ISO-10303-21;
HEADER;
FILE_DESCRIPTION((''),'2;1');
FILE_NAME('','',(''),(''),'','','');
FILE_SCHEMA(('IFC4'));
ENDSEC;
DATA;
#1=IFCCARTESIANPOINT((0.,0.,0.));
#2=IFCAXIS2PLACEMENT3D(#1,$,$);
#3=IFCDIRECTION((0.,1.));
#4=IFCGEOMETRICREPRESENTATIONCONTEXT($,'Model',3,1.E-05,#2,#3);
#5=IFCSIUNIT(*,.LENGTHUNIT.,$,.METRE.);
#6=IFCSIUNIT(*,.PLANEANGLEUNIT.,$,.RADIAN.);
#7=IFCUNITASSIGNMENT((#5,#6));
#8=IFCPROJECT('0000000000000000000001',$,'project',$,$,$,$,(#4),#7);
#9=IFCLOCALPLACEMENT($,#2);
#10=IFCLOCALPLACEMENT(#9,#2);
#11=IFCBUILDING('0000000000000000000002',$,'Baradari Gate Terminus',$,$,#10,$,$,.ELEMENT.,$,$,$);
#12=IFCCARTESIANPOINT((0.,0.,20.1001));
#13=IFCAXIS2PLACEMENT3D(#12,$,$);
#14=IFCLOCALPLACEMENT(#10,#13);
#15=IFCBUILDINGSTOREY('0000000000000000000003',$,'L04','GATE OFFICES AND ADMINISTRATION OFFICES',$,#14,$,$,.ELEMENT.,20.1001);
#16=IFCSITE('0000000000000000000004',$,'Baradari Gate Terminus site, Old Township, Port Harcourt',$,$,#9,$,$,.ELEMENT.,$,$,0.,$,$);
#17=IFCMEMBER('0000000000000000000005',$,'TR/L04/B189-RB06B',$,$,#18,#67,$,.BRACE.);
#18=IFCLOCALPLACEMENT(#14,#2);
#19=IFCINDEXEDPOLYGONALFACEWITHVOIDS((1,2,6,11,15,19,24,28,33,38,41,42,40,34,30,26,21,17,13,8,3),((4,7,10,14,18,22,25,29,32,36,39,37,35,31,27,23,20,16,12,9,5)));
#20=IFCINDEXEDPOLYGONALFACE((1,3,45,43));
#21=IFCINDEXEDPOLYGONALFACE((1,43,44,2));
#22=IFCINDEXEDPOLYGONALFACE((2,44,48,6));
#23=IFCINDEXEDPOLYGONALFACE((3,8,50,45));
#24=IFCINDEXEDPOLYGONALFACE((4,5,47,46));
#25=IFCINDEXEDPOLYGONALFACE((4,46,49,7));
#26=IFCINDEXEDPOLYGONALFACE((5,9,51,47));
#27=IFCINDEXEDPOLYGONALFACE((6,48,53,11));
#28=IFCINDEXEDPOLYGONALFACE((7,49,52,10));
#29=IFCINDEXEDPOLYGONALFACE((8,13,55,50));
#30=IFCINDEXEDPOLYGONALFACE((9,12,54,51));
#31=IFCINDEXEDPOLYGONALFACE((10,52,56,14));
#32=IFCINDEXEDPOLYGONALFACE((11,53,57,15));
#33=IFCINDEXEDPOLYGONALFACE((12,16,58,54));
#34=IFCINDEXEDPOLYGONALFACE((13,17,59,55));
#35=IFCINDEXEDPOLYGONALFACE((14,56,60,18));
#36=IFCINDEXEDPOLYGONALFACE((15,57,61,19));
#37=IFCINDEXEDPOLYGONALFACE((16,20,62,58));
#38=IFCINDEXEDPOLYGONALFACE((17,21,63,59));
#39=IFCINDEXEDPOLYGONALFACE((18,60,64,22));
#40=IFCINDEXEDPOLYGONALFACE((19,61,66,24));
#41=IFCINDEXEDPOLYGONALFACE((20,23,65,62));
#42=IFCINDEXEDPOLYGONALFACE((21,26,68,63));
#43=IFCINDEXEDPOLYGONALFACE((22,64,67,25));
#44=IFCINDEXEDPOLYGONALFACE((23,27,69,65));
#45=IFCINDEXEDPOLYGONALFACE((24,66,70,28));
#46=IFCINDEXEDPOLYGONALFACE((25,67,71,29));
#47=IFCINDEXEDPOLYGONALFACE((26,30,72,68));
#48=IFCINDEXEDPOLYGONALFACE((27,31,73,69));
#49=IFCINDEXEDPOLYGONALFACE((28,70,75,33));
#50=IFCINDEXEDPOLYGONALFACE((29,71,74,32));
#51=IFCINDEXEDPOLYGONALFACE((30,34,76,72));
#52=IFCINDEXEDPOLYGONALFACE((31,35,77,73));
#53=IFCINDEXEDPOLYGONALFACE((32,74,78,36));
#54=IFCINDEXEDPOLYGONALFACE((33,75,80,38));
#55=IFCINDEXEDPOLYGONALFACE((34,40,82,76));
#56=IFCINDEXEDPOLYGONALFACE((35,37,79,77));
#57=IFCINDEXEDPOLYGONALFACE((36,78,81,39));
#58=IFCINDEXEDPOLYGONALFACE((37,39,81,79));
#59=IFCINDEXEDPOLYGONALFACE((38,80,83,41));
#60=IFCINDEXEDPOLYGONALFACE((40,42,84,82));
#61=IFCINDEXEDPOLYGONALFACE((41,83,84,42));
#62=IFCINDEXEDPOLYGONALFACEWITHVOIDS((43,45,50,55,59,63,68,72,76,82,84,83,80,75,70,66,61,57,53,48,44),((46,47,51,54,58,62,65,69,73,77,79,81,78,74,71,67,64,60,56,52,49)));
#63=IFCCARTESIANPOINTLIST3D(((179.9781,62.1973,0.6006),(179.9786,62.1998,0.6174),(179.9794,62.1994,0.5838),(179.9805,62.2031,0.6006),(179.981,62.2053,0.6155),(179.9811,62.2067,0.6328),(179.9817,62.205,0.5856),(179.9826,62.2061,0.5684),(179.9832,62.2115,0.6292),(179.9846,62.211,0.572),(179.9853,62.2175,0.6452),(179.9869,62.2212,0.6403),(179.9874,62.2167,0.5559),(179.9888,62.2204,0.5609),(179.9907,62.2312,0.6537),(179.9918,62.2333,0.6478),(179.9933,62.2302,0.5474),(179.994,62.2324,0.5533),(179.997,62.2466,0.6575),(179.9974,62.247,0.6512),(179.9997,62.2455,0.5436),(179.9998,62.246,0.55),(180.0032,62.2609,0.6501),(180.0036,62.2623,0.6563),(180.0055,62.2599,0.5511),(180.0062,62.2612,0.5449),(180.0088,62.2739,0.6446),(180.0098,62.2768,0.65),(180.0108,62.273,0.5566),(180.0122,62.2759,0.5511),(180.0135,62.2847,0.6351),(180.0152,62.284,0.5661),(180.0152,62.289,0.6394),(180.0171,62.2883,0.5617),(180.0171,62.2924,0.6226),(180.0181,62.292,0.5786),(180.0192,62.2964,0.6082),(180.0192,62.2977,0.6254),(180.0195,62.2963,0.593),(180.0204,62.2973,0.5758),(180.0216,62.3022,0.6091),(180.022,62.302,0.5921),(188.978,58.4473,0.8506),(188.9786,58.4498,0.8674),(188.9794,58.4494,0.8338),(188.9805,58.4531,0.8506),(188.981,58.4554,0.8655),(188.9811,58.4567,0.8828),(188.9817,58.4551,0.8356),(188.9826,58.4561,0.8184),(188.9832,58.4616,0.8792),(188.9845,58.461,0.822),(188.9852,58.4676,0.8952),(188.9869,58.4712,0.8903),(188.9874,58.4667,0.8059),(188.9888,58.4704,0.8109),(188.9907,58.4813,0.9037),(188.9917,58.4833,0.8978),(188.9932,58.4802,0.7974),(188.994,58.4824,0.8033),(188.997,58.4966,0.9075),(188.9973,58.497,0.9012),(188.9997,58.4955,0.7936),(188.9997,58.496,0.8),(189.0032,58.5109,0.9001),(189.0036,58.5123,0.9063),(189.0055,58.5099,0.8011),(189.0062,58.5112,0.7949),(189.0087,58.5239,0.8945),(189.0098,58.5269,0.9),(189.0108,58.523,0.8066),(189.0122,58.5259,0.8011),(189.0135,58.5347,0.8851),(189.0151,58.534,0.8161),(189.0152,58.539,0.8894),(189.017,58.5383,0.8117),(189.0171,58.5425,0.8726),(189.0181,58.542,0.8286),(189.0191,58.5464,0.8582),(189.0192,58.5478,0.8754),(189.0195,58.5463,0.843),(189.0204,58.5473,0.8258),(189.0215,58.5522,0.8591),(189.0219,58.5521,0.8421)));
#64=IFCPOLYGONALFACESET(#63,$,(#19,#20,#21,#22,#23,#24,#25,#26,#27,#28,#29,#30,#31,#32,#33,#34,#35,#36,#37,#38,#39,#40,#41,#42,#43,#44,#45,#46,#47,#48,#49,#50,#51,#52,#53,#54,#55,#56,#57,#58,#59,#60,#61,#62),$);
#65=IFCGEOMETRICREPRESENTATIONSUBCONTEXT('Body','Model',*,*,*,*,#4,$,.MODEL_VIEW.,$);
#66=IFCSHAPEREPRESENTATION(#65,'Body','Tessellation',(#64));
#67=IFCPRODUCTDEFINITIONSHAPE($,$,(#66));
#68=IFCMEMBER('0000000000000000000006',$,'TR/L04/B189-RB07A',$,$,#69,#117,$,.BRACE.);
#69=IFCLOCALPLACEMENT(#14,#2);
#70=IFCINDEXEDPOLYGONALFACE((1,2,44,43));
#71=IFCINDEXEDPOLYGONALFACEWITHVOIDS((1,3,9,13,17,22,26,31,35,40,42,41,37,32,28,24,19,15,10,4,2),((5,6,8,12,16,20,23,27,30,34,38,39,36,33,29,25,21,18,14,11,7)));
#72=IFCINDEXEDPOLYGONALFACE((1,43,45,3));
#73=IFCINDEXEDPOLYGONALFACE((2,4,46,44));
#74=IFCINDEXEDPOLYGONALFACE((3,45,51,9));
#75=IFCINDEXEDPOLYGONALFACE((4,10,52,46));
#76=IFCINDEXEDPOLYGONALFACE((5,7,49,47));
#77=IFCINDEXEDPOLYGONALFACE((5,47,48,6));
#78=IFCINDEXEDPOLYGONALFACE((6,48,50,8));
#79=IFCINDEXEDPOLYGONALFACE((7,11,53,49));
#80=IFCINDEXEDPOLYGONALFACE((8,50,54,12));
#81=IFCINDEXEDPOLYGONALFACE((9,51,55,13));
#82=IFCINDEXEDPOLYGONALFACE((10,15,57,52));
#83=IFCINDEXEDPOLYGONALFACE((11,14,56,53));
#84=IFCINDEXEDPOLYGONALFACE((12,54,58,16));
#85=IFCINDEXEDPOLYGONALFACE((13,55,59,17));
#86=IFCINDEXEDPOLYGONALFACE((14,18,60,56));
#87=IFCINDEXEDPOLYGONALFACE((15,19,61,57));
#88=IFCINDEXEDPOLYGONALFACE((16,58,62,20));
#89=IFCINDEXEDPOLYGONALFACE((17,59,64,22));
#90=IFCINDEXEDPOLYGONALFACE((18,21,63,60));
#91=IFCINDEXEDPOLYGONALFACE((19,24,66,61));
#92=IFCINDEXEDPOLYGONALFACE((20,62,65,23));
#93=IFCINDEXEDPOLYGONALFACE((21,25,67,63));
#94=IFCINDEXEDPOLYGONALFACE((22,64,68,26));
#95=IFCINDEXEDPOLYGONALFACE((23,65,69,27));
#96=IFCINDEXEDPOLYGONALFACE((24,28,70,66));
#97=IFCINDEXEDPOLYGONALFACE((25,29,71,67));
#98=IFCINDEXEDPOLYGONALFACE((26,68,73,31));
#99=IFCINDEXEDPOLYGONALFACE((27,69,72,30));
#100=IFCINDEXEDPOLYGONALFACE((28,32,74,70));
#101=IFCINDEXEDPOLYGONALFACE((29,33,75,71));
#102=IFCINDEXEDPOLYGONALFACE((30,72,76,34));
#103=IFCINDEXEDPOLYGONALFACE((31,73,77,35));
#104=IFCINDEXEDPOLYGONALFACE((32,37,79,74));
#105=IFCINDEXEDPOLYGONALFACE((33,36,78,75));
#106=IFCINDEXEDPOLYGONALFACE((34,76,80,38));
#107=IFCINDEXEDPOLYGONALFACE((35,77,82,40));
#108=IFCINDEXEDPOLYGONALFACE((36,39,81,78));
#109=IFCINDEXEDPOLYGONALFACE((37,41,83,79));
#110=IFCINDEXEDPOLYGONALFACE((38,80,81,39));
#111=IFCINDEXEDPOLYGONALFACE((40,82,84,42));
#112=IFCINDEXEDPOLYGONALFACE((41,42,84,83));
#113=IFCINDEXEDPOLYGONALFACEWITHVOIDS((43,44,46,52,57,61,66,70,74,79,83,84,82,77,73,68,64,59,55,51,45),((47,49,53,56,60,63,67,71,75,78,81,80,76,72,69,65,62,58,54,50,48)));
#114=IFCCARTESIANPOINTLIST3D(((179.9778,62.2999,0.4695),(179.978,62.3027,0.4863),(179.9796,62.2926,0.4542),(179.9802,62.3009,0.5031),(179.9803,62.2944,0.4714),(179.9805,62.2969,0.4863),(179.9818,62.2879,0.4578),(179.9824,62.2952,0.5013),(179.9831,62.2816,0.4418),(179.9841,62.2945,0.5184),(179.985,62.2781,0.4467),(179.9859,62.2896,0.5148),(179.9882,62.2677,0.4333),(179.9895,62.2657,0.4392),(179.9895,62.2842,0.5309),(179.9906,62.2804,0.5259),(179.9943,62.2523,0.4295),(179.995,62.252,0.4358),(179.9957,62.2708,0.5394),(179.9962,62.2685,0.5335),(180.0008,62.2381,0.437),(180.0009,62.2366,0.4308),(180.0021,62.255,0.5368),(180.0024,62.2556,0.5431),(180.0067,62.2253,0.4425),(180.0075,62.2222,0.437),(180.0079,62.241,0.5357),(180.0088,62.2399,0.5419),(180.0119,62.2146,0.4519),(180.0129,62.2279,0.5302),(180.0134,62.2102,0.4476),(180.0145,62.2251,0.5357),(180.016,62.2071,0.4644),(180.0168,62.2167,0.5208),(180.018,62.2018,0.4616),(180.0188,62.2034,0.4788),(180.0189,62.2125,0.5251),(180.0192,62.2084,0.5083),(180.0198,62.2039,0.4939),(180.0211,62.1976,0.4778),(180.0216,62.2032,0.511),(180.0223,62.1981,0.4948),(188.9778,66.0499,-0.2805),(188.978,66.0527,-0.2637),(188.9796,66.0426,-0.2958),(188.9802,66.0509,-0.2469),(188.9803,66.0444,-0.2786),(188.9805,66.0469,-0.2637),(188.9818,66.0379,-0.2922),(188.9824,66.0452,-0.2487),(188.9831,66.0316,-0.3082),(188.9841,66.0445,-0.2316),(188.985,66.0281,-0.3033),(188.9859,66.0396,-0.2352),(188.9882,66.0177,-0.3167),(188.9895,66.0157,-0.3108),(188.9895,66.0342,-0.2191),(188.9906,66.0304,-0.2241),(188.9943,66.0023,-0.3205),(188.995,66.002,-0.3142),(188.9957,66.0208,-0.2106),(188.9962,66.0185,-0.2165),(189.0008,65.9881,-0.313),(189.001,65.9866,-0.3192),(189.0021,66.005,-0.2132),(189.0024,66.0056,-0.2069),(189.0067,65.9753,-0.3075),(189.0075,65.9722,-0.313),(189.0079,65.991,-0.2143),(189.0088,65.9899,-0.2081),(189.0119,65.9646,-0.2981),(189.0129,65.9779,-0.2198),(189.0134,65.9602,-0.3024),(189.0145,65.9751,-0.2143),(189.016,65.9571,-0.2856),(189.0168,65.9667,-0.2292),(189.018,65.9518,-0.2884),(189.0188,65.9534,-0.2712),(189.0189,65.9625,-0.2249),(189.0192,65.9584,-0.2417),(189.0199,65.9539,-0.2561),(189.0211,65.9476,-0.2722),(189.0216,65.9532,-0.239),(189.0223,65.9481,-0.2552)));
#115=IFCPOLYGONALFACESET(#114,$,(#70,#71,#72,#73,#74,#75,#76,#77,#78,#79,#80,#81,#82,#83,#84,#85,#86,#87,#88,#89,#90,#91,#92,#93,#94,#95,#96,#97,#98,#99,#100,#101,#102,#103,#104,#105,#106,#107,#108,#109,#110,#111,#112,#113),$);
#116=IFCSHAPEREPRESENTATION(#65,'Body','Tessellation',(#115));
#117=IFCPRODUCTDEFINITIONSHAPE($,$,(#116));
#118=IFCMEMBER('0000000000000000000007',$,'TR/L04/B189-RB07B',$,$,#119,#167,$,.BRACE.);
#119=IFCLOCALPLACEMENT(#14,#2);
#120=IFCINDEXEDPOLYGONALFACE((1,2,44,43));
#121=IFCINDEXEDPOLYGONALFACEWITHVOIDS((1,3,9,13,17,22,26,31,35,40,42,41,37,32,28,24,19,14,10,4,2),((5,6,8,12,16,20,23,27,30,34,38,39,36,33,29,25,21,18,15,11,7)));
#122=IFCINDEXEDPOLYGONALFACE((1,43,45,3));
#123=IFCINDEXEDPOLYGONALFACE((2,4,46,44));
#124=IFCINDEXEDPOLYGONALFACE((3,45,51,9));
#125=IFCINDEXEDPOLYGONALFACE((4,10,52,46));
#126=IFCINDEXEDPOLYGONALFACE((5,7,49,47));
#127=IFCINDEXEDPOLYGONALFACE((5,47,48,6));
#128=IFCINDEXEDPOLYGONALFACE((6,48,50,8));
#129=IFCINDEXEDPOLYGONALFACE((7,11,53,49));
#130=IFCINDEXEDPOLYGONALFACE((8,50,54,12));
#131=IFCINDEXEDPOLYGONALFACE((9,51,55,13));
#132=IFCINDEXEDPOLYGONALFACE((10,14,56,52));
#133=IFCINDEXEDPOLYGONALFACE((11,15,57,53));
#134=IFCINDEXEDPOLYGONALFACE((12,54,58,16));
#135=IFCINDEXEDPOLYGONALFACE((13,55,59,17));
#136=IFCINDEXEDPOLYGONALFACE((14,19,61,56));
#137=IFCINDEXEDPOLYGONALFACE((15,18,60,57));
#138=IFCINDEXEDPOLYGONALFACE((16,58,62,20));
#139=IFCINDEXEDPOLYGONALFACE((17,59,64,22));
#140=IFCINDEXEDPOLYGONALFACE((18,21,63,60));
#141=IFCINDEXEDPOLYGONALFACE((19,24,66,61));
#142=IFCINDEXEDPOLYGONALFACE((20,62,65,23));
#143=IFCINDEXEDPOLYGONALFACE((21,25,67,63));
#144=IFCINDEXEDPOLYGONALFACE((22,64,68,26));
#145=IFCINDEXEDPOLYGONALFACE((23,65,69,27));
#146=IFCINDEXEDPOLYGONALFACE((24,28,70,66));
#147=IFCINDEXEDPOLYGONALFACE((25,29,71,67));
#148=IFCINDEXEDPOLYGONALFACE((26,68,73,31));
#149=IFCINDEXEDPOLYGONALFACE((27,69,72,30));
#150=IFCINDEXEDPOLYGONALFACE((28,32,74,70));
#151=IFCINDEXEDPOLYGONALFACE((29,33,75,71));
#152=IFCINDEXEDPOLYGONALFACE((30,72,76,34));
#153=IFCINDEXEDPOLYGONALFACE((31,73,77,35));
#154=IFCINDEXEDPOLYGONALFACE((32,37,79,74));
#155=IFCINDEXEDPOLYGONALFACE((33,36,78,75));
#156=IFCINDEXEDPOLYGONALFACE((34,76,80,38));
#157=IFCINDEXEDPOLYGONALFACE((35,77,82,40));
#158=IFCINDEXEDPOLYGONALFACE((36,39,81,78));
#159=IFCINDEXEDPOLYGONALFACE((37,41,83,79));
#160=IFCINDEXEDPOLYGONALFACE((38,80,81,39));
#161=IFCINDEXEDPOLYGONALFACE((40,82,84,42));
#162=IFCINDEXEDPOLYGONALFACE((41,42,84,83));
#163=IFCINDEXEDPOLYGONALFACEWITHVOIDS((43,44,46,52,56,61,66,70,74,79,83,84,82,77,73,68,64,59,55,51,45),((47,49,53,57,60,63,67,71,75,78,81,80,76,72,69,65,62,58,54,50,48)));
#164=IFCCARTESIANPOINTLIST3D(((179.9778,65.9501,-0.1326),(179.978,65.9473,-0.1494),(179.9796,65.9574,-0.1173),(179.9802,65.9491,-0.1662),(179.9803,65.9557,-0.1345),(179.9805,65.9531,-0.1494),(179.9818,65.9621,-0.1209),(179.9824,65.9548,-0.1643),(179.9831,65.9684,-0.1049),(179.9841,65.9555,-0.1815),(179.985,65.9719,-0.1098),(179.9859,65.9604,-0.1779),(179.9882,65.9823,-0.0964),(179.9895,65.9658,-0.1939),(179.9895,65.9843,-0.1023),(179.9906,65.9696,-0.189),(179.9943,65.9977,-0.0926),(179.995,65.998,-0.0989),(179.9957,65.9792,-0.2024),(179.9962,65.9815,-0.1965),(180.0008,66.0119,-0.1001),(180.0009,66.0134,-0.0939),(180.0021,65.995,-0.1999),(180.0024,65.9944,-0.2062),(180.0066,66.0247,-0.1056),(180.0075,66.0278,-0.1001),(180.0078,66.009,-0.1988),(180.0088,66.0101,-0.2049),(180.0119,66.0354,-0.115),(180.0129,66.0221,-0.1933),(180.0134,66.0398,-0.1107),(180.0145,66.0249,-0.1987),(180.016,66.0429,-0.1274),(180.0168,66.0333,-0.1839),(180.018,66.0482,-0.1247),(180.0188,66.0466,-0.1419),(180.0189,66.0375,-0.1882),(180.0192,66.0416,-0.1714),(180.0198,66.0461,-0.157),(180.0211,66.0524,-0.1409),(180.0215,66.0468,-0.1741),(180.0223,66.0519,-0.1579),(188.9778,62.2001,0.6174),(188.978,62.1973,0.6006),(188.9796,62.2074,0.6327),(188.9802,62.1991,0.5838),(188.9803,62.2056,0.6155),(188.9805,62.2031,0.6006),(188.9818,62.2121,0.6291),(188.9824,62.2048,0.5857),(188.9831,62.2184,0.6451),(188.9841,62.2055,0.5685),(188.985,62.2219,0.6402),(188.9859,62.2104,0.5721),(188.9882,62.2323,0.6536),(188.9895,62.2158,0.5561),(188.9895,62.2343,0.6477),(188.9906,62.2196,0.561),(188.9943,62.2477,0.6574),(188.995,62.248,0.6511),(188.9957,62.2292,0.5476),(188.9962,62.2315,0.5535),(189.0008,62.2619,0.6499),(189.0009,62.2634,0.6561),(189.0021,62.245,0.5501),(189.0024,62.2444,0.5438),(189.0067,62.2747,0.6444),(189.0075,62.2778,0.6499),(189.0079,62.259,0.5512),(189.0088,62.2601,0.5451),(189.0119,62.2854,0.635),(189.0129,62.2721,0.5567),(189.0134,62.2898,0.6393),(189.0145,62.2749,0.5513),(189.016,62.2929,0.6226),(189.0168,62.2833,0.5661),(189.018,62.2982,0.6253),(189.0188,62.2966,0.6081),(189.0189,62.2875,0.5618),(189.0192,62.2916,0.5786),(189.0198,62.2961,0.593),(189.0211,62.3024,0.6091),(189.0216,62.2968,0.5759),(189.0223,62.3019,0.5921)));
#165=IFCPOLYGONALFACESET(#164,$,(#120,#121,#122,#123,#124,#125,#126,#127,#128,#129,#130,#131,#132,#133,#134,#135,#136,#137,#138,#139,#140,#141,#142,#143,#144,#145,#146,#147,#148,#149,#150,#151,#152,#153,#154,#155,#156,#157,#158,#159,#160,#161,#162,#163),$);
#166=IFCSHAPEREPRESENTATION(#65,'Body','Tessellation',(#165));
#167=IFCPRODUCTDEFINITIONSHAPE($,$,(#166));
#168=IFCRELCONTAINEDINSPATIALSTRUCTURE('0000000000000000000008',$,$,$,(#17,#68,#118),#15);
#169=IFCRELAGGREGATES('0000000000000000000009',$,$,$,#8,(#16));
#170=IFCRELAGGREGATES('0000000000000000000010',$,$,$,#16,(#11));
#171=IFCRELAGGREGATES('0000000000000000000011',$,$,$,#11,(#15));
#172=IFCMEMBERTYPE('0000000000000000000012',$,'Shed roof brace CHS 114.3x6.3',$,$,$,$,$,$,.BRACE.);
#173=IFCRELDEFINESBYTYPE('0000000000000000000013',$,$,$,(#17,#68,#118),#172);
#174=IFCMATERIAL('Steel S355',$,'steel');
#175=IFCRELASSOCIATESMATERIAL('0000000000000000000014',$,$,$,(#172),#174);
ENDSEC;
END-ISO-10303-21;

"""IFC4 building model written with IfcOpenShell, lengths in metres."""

from ifc_helpers import new_model, si_unit, direction, frame, origin, origin_2d, place, context, subcontext, project, spatial, hollow_circle, extrude, material, material_profile, profile_set, type_object, element, save


model = new_model("IFC4")

# Units and contexts
model_context = context("Model", 3, precision=1e-05, world=origin(), true_north=direction((0.0, 1.0)))
body_context = subcontext(model_context, "Body", "Model", "MODEL_VIEW")
ifc_project = project(units=[si_unit("LENGTHUNIT", "METRE"), si_unit("PLANEANGLEUNIT", "RADIAN")], contexts=[model_context])

# Site, building, storey
site_placement = place(None, origin())
site = spatial("IfcSite", under=ifc_project, at=site_placement, Name="Baradari Gate Terminus site, Old Township, Port Harcourt", CompositionType="ELEMENT", RefElevation=0.0)
building_placement = place(site_placement, origin())
building = spatial("IfcBuilding", under=site, at=building_placement, Name="Baradari Gate Terminus", CompositionType="ELEMENT")
storey_placement = place(building_placement, frame((0.0, 0.0, 20.1001)))
storey = spatial("IfcBuildingStorey", under=building, at=storey_placement, Name="L04", Description="GATE OFFICES AND ADMINISTRATION OFFICES", CompositionType="ELEMENT", Elevation=20.1001)

# Members
ifc_material_1 = material(Name="Steel S355", Category="steel")
ifc_material_profile_1 = material_profile(ifc_material_1, hollow_circle(Radius=0.0571, WallThickness=0.0063, at=origin_2d()), Name="CHS 114.3x6.3")
ifc_profile_set_1 = profile_set([ifc_material_profile_1], Name="Steel S355")
member_type_1 = type_object("IfcMemberType", Name="Shed roof brace CHS 114.3x6.3", PredefinedType="BRACE", material=ifc_profile_set_1)
for number, where, z_axis, x_axis, name in (
    (1, (189.0, 58.5, 0.8506), (-0.922774, 0.384489, -0.025633), (-0.384615, -0.923077, 0.0), "TR/L04/B189-RB06B"),
):
    element("IfcMember", number, at=place(storey_placement, frame(where, z_axis=z_axis, x_axis=x_axis)), inside=storey, type_object=member_type_1, Name=name, PredefinedType="BRACE", context=body_context, shape_type="SweptSolid", body=[
        extrude(hollow_circle(Radius=0.0571, WallThickness=0.0063, at=origin_2d()), origin(), (0.0, 0.0, 1.0), 9.7532),
    ])
for number, where, z_axis, x_axis, name in (
    (2, (180.0, 62.25, 0.4863), (0.920358, 0.383482, -0.076696), (-0.384615, 0.923077, 0.0), "TR/L04/B189-RB07A"),
    (3, (189.0, 62.25, 0.6006), (-0.920358, 0.383482, -0.076696), (-0.384615, -0.923077, 0.0), "TR/L04/B189-RB07B"),
):
    element("IfcMember", number, at=place(storey_placement, frame(where, z_axis=z_axis, x_axis=x_axis)), inside=storey, type_object=member_type_1, Name=name, PredefinedType="BRACE", context=body_context, shape_type="SweptSolid", body=[
        extrude(hollow_circle(Radius=0.0571, WallThickness=0.0063, at=origin_2d()), origin(), (0.0, 0.0, 1.0), 9.7788),
    ])

save(model, "model.ifc")
